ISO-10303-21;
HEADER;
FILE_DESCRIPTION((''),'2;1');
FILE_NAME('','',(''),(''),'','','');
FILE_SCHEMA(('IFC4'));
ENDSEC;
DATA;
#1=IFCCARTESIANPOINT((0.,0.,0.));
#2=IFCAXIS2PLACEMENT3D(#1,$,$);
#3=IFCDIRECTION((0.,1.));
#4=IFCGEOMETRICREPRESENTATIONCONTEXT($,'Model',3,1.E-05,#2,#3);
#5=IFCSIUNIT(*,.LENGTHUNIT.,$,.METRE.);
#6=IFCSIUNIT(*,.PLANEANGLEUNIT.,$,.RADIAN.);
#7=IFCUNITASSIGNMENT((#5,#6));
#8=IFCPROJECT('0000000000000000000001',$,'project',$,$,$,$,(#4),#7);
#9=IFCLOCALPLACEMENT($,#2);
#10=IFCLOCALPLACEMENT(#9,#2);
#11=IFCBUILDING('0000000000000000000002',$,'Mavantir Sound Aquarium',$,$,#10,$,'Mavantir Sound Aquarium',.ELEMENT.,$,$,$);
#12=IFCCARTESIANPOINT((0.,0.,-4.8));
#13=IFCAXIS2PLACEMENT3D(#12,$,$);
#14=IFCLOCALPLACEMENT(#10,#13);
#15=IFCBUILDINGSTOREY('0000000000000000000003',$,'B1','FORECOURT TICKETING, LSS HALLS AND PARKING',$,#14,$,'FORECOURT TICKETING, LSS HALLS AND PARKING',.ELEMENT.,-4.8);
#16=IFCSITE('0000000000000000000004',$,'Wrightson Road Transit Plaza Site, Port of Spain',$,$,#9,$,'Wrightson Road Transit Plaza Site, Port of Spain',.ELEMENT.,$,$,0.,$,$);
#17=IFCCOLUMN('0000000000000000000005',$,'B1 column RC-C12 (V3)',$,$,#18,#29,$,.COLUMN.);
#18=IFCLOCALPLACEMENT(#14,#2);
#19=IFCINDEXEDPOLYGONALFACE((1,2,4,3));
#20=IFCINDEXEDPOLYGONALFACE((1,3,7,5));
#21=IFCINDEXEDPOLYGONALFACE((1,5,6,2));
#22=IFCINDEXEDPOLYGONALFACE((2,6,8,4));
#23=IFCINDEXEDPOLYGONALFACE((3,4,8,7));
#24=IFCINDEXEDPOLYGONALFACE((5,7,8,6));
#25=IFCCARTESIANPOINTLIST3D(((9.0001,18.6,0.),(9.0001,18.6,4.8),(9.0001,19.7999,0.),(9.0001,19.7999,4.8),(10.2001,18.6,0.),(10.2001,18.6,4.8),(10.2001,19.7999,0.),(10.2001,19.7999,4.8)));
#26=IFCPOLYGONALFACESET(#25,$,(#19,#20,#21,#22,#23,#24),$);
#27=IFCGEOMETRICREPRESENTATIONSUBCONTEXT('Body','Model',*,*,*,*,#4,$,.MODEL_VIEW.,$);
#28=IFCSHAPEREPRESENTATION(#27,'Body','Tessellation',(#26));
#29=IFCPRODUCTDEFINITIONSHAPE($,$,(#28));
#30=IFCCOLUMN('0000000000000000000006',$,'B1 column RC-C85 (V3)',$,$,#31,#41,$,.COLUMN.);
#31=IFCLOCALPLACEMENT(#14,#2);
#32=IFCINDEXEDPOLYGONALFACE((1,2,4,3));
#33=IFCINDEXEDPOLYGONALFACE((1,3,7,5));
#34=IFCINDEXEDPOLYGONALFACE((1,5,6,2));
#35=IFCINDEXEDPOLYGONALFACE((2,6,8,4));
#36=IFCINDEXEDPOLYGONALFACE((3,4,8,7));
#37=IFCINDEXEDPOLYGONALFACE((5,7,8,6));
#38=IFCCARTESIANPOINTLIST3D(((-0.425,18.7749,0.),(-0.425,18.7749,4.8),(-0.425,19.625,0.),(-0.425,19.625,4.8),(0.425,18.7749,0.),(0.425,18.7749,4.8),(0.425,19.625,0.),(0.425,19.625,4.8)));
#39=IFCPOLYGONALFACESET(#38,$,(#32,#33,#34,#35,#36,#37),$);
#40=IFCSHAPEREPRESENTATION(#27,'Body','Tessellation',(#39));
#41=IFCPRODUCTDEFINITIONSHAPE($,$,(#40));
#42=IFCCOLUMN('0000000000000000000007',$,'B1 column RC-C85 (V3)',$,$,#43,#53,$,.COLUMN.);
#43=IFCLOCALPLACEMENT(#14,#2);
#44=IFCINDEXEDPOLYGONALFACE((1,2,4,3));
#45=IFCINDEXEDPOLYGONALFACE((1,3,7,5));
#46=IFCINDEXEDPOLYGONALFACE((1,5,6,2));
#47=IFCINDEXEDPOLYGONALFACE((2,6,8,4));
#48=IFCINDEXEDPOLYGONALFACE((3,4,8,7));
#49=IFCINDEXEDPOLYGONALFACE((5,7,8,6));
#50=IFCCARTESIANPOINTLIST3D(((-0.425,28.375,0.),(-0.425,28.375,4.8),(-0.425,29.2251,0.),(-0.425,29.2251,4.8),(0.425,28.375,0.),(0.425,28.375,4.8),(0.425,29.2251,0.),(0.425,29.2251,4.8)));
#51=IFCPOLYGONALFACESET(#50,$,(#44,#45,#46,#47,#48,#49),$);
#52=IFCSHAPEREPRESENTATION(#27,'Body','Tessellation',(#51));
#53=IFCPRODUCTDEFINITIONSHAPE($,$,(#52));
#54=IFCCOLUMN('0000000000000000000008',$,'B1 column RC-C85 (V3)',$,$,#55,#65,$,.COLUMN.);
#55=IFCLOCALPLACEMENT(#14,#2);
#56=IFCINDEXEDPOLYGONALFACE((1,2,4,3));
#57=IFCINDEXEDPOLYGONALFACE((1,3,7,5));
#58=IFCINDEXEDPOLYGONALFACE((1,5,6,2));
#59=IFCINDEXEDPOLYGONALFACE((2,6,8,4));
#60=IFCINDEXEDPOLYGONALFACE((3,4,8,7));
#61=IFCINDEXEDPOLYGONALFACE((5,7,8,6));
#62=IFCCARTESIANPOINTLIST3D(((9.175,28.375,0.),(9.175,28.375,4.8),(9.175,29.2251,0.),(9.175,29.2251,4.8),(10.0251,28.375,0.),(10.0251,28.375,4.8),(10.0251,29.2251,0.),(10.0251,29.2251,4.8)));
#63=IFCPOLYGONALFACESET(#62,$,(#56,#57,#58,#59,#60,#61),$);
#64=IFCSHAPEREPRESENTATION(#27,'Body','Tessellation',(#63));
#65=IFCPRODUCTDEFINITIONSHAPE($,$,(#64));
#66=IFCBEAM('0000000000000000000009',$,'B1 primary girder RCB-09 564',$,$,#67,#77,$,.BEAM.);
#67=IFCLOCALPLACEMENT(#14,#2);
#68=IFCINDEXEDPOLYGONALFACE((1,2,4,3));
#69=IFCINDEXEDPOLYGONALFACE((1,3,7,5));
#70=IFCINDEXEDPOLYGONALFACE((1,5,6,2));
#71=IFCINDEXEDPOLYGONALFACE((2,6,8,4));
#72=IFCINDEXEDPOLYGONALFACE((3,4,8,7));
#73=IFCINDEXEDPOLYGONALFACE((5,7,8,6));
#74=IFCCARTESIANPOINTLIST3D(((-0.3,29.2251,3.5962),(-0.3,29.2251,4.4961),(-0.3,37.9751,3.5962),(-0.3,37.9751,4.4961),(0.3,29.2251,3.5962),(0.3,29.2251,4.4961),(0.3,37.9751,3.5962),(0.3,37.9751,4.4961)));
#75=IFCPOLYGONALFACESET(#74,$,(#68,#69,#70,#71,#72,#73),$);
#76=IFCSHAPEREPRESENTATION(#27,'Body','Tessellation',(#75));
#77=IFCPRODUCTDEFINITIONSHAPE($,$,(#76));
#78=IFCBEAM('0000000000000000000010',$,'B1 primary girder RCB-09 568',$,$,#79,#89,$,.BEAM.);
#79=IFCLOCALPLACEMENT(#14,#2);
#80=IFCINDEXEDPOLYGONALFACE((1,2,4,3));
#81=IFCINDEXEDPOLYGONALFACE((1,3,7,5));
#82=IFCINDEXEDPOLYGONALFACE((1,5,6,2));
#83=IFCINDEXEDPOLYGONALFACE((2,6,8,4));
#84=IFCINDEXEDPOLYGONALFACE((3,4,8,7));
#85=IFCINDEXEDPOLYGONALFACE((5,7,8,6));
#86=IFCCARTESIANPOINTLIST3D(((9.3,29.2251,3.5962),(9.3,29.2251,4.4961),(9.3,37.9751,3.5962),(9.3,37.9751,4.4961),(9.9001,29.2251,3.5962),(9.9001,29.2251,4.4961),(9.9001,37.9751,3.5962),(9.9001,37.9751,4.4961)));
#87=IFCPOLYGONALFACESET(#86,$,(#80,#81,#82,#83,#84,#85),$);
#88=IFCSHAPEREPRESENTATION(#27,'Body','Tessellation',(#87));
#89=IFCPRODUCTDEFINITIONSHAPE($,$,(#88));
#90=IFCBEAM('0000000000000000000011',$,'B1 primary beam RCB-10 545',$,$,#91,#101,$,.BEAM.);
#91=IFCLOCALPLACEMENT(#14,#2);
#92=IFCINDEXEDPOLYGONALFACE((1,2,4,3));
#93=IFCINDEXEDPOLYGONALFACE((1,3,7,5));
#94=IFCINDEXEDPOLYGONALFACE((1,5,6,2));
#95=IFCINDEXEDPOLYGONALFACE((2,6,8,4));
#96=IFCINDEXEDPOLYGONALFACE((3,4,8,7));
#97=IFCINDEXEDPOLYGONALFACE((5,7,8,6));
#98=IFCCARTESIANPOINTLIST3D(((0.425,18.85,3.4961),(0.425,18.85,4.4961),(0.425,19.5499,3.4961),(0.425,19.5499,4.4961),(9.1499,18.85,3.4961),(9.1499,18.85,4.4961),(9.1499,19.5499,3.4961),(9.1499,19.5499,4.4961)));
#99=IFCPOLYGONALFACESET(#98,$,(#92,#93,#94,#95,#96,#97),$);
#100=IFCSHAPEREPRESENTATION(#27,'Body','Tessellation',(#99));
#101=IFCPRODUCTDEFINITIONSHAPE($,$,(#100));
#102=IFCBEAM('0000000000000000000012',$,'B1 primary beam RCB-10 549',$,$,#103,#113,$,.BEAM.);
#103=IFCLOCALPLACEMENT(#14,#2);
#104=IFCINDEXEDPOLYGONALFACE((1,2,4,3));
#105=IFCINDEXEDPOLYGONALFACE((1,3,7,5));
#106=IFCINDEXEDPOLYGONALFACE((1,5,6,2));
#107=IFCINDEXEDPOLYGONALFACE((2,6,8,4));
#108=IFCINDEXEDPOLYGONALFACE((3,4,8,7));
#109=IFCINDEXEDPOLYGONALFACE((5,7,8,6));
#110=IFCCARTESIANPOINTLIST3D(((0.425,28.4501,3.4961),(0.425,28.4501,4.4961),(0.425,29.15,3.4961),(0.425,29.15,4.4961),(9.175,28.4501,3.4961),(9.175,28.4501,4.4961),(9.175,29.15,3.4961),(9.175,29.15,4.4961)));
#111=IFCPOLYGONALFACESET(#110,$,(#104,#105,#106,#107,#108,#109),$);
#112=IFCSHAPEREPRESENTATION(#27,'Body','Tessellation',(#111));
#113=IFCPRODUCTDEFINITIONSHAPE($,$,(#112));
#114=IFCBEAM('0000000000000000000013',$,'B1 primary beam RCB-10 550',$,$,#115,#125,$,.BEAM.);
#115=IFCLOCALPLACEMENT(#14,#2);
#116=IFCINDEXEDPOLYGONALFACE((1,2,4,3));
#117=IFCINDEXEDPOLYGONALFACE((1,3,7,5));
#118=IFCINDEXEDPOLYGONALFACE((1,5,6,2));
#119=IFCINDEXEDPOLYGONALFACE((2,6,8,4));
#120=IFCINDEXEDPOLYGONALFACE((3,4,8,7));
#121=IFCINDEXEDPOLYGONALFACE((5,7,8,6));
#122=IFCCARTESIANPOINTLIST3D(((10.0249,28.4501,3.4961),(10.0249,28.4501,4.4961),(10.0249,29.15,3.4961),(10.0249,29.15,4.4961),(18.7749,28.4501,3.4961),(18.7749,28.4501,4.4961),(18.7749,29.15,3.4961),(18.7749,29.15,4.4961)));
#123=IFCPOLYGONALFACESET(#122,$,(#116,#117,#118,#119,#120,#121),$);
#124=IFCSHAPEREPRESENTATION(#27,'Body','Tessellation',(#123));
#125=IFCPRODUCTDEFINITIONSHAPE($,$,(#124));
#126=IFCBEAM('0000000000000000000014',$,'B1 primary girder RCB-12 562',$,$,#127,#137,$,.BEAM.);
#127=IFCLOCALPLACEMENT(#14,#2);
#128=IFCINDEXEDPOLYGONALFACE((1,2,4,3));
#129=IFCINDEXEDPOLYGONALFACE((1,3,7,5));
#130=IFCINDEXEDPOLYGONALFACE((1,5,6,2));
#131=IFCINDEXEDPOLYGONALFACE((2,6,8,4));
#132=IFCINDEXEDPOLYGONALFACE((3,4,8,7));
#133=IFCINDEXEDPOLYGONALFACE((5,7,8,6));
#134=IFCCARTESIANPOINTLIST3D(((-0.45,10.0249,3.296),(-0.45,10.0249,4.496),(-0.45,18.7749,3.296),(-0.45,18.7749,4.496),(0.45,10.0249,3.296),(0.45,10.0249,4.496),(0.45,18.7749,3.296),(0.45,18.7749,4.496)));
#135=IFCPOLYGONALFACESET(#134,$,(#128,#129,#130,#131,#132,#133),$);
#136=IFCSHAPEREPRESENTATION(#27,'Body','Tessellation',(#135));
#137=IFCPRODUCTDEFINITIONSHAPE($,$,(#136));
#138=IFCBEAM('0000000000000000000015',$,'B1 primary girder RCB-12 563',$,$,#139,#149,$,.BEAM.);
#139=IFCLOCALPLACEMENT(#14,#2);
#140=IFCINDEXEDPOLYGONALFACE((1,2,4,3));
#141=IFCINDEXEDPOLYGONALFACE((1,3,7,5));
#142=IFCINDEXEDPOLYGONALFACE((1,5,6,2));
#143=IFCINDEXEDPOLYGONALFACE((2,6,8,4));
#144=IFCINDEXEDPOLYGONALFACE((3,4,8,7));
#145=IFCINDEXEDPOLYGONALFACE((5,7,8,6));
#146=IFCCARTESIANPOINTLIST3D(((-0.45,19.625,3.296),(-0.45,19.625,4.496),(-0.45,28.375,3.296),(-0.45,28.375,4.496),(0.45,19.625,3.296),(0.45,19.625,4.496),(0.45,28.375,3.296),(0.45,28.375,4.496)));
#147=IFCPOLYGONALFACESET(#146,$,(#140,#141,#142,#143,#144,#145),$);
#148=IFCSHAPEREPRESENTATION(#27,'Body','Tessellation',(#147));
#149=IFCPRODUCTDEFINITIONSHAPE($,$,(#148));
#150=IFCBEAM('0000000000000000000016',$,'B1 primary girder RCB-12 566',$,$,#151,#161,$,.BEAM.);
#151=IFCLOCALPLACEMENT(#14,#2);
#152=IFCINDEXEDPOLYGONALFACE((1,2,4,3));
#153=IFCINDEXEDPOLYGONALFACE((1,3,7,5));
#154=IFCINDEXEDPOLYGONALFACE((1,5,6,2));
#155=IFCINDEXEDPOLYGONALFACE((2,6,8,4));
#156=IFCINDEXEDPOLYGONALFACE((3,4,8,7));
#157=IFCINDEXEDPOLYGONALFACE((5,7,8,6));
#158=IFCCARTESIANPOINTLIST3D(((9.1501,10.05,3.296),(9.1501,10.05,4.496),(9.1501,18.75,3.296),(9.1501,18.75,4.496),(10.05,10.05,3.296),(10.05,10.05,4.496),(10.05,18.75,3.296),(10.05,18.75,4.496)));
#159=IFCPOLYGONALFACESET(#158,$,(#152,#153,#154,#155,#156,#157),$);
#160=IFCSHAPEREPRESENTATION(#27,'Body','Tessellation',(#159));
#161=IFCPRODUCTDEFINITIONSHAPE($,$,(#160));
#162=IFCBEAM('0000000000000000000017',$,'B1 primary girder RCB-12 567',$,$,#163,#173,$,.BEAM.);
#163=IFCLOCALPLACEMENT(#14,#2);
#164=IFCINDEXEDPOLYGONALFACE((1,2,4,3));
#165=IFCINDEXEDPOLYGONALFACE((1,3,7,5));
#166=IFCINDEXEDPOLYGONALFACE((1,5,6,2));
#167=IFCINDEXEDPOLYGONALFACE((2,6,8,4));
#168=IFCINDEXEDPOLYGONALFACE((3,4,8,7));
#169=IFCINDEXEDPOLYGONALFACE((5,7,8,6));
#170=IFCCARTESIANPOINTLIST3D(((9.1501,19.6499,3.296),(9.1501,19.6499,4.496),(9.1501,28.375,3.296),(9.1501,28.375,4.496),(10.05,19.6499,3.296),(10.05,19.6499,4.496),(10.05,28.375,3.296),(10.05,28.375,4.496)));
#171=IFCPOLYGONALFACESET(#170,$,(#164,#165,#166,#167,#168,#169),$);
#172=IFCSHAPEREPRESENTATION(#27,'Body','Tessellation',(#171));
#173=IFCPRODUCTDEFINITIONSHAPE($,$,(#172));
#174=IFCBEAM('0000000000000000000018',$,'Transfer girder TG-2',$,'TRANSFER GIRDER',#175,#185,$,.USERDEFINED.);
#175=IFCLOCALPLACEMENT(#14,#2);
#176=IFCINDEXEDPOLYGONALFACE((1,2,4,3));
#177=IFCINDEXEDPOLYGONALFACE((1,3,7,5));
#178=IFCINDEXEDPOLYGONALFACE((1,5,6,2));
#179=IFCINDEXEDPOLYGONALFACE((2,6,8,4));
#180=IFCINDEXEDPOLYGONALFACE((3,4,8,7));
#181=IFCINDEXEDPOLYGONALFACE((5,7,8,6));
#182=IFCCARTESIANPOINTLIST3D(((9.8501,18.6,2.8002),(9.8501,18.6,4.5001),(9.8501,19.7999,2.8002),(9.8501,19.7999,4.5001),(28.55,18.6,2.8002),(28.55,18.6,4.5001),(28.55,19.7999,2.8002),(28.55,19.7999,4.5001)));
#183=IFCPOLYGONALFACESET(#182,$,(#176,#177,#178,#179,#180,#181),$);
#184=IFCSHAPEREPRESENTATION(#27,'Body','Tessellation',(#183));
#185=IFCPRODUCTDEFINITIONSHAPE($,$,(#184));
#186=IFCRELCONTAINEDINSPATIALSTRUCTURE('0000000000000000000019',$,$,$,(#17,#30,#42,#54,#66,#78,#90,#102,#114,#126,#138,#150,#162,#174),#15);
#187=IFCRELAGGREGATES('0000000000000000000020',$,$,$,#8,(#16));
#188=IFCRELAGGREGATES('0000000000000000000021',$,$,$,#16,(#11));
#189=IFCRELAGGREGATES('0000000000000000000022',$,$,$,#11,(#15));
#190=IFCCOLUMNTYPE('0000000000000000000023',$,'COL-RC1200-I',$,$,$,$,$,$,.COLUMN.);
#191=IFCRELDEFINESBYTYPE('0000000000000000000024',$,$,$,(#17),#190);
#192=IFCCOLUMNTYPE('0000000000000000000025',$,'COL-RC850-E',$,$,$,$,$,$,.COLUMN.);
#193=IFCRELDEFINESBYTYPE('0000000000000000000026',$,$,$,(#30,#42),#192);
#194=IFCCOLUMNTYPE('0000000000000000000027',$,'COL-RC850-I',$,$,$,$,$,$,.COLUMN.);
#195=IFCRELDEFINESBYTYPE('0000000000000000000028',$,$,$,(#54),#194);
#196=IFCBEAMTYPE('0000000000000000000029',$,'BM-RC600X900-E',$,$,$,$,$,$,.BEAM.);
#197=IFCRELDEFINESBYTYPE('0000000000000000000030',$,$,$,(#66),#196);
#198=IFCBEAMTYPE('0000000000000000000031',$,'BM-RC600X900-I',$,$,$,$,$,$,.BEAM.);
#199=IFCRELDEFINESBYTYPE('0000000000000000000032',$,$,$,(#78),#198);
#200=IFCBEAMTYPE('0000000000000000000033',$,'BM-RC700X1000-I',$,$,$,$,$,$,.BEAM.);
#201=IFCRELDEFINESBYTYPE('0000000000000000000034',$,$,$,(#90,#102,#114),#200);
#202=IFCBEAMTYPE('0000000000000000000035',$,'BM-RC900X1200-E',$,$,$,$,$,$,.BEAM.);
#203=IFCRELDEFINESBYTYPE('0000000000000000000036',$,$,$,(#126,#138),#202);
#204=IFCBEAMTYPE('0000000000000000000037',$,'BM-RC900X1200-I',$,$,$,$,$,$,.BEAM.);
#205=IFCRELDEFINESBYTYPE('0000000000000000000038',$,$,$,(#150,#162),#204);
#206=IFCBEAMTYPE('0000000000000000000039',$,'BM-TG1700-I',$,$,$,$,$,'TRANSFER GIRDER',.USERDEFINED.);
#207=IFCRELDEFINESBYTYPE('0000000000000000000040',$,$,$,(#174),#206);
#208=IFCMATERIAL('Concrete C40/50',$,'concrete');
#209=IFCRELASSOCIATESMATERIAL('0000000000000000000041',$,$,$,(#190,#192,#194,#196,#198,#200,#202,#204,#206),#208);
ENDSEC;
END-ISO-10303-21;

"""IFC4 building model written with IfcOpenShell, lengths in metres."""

from ifc_helpers import new_model, si_unit, direction, frame, origin, origin_2d, place, context, subcontext, project, spatial, rectangle, extrude, material, material_profile, profile_set, type_object, element, save


model = new_model("IFC4")

# Units and contexts
model_context = context("Model", 3, precision=1e-05, world=origin(), true_north=direction((0.0, 1.0)))
body_context = subcontext(model_context, "Body", "Model", "MODEL_VIEW")
ifc_project = project(units=[si_unit("LENGTHUNIT", "METRE"), si_unit("PLANEANGLEUNIT", "RADIAN")], contexts=[model_context])

# Site, building, storey
site_placement = place(None, origin())
site = spatial("IfcSite", under=ifc_project, at=site_placement, Name="Wrightson Road Transit Plaza Site, Port of Spain", LongName="Wrightson Road Transit Plaza Site, Port of Spain", CompositionType="ELEMENT", RefElevation=0.0)
building_placement = place(site_placement, origin())
building = spatial("IfcBuilding", under=site, at=building_placement, Name="Mavantir Sound Aquarium", LongName="Mavantir Sound Aquarium", CompositionType="ELEMENT")
storey_placement = place(building_placement, frame((0.0, 0.0, -4.8)))
storey = spatial("IfcBuildingStorey", under=building, at=storey_placement, Name="B1", Description="FORECOURT TICKETING, LSS HALLS AND PARKING", LongName="FORECOURT TICKETING, LSS HALLS AND PARKING", CompositionType="ELEMENT", Elevation=-4.8)

# Columns
ifc_material_1 = material(Name="Concrete C40/50", Category="concrete")
ifc_material_profile_1 = material_profile(ifc_material_1, rectangle(XDim=1.2, YDim=1.2, at=origin_2d()), Name="RC 1200X1200")
ifc_profile_set_1 = profile_set([ifc_material_profile_1], Name="Concrete C40/50")
column_type_1 = type_object("IfcColumnType", Name="COL-RC1200-I", PredefinedType="COLUMN", material=ifc_profile_set_1)
column_1_placement = place(storey_placement, frame((9.6001, 19.2, 0.0), z_axis=(0.0, 0.0, 1.0), x_axis=(1.0, 0.0, 0.0)))
element("IfcColumn", 1, at=column_1_placement, inside=storey, type_object=column_type_1, Name="B1 column RC-C12 (V3)", PredefinedType="COLUMN", context=body_context, shape_type="SweptSolid", body=[
    extrude(rectangle(XDim=1.2, YDim=1.2, at=origin_2d()), origin(), (0.0, 0.0, 1.0), 4.8),
])
ifc_material_profile_2 = material_profile(ifc_material_1, rectangle(XDim=0.8501, YDim=0.8501, at=origin_2d()), Name="RC 850X850")
ifc_profile_set_2 = profile_set([ifc_material_profile_2], Name="Concrete C40/50")
column_type_2 = type_object("IfcColumnType", Name="COL-RC850-E", PredefinedType="COLUMN", material=ifc_profile_set_2)
for number, where, z_axis, x_axis, name in (
    (2, (0.0, 19.2, 0.0), (0.0, 0.0, 1.0), (1.0, 0.0, 0.0), "B1 column RC-C85 (V3)"),
    (3, (0.0, 28.8, 0.0), (0.0, 0.0, 1.0), (1.0, 0.0, 0.0), "B1 column RC-C85 (V3)"),
):
    element("IfcColumn", number, at=place(storey_placement, frame(where, z_axis=z_axis, x_axis=x_axis)), inside=storey, type_object=column_type_2, Name=name, PredefinedType="COLUMN", context=body_context, shape_type="SweptSolid", body=[
        extrude(rectangle(XDim=0.8501, YDim=0.8501, at=origin_2d()), origin(), (0.0, 0.0, 1.0), 4.8),
    ])
ifc_material_profile_3 = material_profile(ifc_material_1, rectangle(XDim=0.8501, YDim=0.8501, at=origin_2d()), Name="RC 850X850")
ifc_profile_set_3 = profile_set([ifc_material_profile_3], Name="Concrete C40/50")
column_type_3 = type_object("IfcColumnType", Name="COL-RC850-I", PredefinedType="COLUMN", material=ifc_profile_set_3)
column_2_placement = place(storey_placement, frame((9.6001, 28.8, 0.0), z_axis=(0.0, 0.0, 1.0), x_axis=(1.0, 0.0, 0.0)))
element("IfcColumn", 4, at=column_2_placement, inside=storey, type_object=column_type_3, Name="B1 column RC-C85 (V3)", PredefinedType="COLUMN", context=body_context, shape_type="SweptSolid", body=[
    extrude(rectangle(XDim=0.8501, YDim=0.8501, at=origin_2d()), origin(), (0.0, 0.0, 1.0), 4.8),
])

# Beams
ifc_material_profile_4 = material_profile(ifc_material_1, rectangle(XDim=0.6001, YDim=0.8999, at=origin_2d()), Name="RC 600X900")
ifc_profile_set_4 = profile_set([ifc_material_profile_4], Name="Concrete C40/50")
beam_type_1 = type_object("IfcBeamType", Name="BM-RC600X900-E", PredefinedType="BEAM", material=ifc_profile_set_4)
beam_1_placement = place(storey_placement, frame((0.0, 29.2251, 4.0461), z_axis=(0.0, 1.0, 0.0), x_axis=(-1.0, 0.0, 0.0)))
element("IfcBeam", 5, at=beam_1_placement, inside=storey, type_object=beam_type_1, Name="B1 primary girder RCB-09 564", PredefinedType="BEAM", context=body_context, shape_type="SweptSolid", body=[
    extrude(rectangle(XDim=0.6001, YDim=0.8999, at=origin_2d()), origin(), (0.0, 0.0, 1.0), 8.75),
])
ifc_material_profile_5 = material_profile(ifc_material_1, rectangle(XDim=0.6001, YDim=0.8999, at=origin_2d()), Name="RC 600X900")
ifc_profile_set_5 = profile_set([ifc_material_profile_5], Name="Concrete C40/50")
beam_type_2 = type_object("IfcBeamType", Name="BM-RC600X900-I", PredefinedType="BEAM", material=ifc_profile_set_5)
beam_2_placement = place(storey_placement, frame((9.6001, 29.2251, 4.0461), z_axis=(0.0, 1.0, 0.0), x_axis=(-1.0, 0.0, 0.0)))
element("IfcBeam", 6, at=beam_2_placement, inside=storey, type_object=beam_type_2, Name="B1 primary girder RCB-09 568", PredefinedType="BEAM", context=body_context, shape_type="SweptSolid", body=[
    extrude(rectangle(XDim=0.6001, YDim=0.8999, at=origin_2d()), origin(), (0.0, 0.0, 1.0), 8.75),
])
ifc_material_profile_6 = material_profile(ifc_material_1, rectangle(XDim=0.7, YDim=1.0, at=origin_2d()), Name="RC 700X1000")
ifc_profile_set_6 = profile_set([ifc_material_profile_6], Name="Concrete C40/50")
beam_type_3 = type_object("IfcBeamType", Name="BM-RC700X1000-I", PredefinedType="BEAM", material=ifc_profile_set_6)
beam_3_placement = place(storey_placement, frame((0.425, 19.2, 3.9961), z_axis=(1.0, 0.0, 0.0), x_axis=(0.0, 1.0, 0.0)))
element("IfcBeam", 7, at=beam_3_placement, inside=storey, type_object=beam_type_3, Name="B1 primary beam RCB-10 545", PredefinedType="BEAM", context=body_context, shape_type="SweptSolid", body=[
    extrude(rectangle(XDim=0.7, YDim=1.0, at=origin_2d()), origin(), (0.0, 0.0, 1.0), 8.7249),
])
for number, where, z_axis, x_axis, name in (
    (8, (0.425, 28.8, 3.9961), (1.0, 0.0, 0.0), (0.0, 1.0, 0.0), "B1 primary beam RCB-10 549"),
    (9, (10.0249, 28.8, 3.9961), (1.0, 0.0, 0.0), (0.0, 1.0, 0.0), "B1 primary beam RCB-10 550"),
):
    element("IfcBeam", number, at=place(storey_placement, frame(where, z_axis=z_axis, x_axis=x_axis)), inside=storey, type_object=beam_type_3, Name=name, PredefinedType="BEAM", context=body_context, shape_type="SweptSolid", body=[
        extrude(rectangle(XDim=0.7, YDim=1.0, at=origin_2d()), origin(), (0.0, 0.0, 1.0), 8.75),
    ])
ifc_material_profile_7 = material_profile(ifc_material_1, rectangle(XDim=0.8999, YDim=1.2, at=origin_2d()), Name="RC 900X1200")
ifc_profile_set_7 = profile_set([ifc_material_profile_7], Name="Concrete C40/50")
beam_type_4 = type_object("IfcBeamType", Name="BM-RC900X1200-E", PredefinedType="BEAM", material=ifc_profile_set_7)
for number, where, z_axis, x_axis, name in (
    (10, (0.0, 10.0249, 3.896), (0.0, 1.0, 0.0), (-1.0, 0.0, 0.0), "B1 primary girder RCB-12 562"),
    (11, (0.0, 19.625, 3.896), (0.0, 1.0, 0.0), (-1.0, 0.0, 0.0), "B1 primary girder RCB-12 563"),
):
    element("IfcBeam", number, at=place(storey_placement, frame(where, z_axis=z_axis, x_axis=x_axis)), inside=storey, type_object=beam_type_4, Name=name, PredefinedType="BEAM", context=body_context, shape_type="SweptSolid", body=[
        extrude(rectangle(XDim=0.8999, YDim=1.2, at=origin_2d()), origin(), (0.0, 0.0, 1.0), 8.75),
    ])
ifc_material_profile_8 = material_profile(ifc_material_1, rectangle(XDim=0.8999, YDim=1.2, at=origin_2d()), Name="RC 900X1200")
ifc_profile_set_8 = profile_set([ifc_material_profile_8], Name="Concrete C40/50")
beam_type_5 = type_object("IfcBeamType", Name="BM-RC900X1200-I", PredefinedType="BEAM", material=ifc_profile_set_8)
beam_4_placement = place(storey_placement, frame((9.6001, 10.05, 3.896), z_axis=(0.0, 1.0, 0.0), x_axis=(-1.0, 0.0, 0.0)))
element("IfcBeam", 12, at=beam_4_placement, inside=storey, type_object=beam_type_5, Name="B1 primary girder RCB-12 566", PredefinedType="BEAM", context=body_context, shape_type="SweptSolid", body=[
    extrude(rectangle(XDim=0.8999, YDim=1.2, at=origin_2d()), origin(), (0.0, 0.0, 1.0), 8.7),
])
beam_5_placement = place(storey_placement, frame((9.6001, 19.6499, 3.896), z_axis=(0.0, 1.0, 0.0), x_axis=(-1.0, 0.0, 0.0)))
element("IfcBeam", 13, at=beam_5_placement, inside=storey, type_object=beam_type_5, Name="B1 primary girder RCB-12 567", PredefinedType="BEAM", context=body_context, shape_type="SweptSolid", body=[
    extrude(rectangle(XDim=0.8999, YDim=1.2, at=origin_2d()), origin(), (0.0, 0.0, 1.0), 8.7251),
])
ifc_material_profile_9 = material_profile(ifc_material_1, rectangle(XDim=1.2, YDim=1.7, at=origin_2d()), Name="RC 1200X1700")
ifc_profile_set_9 = profile_set([ifc_material_profile_9], Name="Concrete C40/50")
beam_type_6 = type_object("IfcBeamType", Name="BM-TG1700-I", ElementType="TRANSFER GIRDER", PredefinedType="USERDEFINED", material=ifc_profile_set_9)
beam_6_placement = place(storey_placement, frame((9.8501, 19.2, 3.6501), z_axis=(1.0, 0.0, 0.0), x_axis=(0.0, 1.0, 0.0)))
element("IfcBeam", 14, at=beam_6_placement, inside=storey, type_object=beam_type_6, Name="Transfer girder TG-2", ObjectType="TRANSFER GIRDER", PredefinedType="USERDEFINED", context=body_context, shape_type="SweptSolid", body=[
    extrude(rectangle(XDim=1.2, YDim=1.7, at=origin_2d()), origin(), (0.0, 0.0, 1.0), 18.7),
])

save(model, "model.ifc")
